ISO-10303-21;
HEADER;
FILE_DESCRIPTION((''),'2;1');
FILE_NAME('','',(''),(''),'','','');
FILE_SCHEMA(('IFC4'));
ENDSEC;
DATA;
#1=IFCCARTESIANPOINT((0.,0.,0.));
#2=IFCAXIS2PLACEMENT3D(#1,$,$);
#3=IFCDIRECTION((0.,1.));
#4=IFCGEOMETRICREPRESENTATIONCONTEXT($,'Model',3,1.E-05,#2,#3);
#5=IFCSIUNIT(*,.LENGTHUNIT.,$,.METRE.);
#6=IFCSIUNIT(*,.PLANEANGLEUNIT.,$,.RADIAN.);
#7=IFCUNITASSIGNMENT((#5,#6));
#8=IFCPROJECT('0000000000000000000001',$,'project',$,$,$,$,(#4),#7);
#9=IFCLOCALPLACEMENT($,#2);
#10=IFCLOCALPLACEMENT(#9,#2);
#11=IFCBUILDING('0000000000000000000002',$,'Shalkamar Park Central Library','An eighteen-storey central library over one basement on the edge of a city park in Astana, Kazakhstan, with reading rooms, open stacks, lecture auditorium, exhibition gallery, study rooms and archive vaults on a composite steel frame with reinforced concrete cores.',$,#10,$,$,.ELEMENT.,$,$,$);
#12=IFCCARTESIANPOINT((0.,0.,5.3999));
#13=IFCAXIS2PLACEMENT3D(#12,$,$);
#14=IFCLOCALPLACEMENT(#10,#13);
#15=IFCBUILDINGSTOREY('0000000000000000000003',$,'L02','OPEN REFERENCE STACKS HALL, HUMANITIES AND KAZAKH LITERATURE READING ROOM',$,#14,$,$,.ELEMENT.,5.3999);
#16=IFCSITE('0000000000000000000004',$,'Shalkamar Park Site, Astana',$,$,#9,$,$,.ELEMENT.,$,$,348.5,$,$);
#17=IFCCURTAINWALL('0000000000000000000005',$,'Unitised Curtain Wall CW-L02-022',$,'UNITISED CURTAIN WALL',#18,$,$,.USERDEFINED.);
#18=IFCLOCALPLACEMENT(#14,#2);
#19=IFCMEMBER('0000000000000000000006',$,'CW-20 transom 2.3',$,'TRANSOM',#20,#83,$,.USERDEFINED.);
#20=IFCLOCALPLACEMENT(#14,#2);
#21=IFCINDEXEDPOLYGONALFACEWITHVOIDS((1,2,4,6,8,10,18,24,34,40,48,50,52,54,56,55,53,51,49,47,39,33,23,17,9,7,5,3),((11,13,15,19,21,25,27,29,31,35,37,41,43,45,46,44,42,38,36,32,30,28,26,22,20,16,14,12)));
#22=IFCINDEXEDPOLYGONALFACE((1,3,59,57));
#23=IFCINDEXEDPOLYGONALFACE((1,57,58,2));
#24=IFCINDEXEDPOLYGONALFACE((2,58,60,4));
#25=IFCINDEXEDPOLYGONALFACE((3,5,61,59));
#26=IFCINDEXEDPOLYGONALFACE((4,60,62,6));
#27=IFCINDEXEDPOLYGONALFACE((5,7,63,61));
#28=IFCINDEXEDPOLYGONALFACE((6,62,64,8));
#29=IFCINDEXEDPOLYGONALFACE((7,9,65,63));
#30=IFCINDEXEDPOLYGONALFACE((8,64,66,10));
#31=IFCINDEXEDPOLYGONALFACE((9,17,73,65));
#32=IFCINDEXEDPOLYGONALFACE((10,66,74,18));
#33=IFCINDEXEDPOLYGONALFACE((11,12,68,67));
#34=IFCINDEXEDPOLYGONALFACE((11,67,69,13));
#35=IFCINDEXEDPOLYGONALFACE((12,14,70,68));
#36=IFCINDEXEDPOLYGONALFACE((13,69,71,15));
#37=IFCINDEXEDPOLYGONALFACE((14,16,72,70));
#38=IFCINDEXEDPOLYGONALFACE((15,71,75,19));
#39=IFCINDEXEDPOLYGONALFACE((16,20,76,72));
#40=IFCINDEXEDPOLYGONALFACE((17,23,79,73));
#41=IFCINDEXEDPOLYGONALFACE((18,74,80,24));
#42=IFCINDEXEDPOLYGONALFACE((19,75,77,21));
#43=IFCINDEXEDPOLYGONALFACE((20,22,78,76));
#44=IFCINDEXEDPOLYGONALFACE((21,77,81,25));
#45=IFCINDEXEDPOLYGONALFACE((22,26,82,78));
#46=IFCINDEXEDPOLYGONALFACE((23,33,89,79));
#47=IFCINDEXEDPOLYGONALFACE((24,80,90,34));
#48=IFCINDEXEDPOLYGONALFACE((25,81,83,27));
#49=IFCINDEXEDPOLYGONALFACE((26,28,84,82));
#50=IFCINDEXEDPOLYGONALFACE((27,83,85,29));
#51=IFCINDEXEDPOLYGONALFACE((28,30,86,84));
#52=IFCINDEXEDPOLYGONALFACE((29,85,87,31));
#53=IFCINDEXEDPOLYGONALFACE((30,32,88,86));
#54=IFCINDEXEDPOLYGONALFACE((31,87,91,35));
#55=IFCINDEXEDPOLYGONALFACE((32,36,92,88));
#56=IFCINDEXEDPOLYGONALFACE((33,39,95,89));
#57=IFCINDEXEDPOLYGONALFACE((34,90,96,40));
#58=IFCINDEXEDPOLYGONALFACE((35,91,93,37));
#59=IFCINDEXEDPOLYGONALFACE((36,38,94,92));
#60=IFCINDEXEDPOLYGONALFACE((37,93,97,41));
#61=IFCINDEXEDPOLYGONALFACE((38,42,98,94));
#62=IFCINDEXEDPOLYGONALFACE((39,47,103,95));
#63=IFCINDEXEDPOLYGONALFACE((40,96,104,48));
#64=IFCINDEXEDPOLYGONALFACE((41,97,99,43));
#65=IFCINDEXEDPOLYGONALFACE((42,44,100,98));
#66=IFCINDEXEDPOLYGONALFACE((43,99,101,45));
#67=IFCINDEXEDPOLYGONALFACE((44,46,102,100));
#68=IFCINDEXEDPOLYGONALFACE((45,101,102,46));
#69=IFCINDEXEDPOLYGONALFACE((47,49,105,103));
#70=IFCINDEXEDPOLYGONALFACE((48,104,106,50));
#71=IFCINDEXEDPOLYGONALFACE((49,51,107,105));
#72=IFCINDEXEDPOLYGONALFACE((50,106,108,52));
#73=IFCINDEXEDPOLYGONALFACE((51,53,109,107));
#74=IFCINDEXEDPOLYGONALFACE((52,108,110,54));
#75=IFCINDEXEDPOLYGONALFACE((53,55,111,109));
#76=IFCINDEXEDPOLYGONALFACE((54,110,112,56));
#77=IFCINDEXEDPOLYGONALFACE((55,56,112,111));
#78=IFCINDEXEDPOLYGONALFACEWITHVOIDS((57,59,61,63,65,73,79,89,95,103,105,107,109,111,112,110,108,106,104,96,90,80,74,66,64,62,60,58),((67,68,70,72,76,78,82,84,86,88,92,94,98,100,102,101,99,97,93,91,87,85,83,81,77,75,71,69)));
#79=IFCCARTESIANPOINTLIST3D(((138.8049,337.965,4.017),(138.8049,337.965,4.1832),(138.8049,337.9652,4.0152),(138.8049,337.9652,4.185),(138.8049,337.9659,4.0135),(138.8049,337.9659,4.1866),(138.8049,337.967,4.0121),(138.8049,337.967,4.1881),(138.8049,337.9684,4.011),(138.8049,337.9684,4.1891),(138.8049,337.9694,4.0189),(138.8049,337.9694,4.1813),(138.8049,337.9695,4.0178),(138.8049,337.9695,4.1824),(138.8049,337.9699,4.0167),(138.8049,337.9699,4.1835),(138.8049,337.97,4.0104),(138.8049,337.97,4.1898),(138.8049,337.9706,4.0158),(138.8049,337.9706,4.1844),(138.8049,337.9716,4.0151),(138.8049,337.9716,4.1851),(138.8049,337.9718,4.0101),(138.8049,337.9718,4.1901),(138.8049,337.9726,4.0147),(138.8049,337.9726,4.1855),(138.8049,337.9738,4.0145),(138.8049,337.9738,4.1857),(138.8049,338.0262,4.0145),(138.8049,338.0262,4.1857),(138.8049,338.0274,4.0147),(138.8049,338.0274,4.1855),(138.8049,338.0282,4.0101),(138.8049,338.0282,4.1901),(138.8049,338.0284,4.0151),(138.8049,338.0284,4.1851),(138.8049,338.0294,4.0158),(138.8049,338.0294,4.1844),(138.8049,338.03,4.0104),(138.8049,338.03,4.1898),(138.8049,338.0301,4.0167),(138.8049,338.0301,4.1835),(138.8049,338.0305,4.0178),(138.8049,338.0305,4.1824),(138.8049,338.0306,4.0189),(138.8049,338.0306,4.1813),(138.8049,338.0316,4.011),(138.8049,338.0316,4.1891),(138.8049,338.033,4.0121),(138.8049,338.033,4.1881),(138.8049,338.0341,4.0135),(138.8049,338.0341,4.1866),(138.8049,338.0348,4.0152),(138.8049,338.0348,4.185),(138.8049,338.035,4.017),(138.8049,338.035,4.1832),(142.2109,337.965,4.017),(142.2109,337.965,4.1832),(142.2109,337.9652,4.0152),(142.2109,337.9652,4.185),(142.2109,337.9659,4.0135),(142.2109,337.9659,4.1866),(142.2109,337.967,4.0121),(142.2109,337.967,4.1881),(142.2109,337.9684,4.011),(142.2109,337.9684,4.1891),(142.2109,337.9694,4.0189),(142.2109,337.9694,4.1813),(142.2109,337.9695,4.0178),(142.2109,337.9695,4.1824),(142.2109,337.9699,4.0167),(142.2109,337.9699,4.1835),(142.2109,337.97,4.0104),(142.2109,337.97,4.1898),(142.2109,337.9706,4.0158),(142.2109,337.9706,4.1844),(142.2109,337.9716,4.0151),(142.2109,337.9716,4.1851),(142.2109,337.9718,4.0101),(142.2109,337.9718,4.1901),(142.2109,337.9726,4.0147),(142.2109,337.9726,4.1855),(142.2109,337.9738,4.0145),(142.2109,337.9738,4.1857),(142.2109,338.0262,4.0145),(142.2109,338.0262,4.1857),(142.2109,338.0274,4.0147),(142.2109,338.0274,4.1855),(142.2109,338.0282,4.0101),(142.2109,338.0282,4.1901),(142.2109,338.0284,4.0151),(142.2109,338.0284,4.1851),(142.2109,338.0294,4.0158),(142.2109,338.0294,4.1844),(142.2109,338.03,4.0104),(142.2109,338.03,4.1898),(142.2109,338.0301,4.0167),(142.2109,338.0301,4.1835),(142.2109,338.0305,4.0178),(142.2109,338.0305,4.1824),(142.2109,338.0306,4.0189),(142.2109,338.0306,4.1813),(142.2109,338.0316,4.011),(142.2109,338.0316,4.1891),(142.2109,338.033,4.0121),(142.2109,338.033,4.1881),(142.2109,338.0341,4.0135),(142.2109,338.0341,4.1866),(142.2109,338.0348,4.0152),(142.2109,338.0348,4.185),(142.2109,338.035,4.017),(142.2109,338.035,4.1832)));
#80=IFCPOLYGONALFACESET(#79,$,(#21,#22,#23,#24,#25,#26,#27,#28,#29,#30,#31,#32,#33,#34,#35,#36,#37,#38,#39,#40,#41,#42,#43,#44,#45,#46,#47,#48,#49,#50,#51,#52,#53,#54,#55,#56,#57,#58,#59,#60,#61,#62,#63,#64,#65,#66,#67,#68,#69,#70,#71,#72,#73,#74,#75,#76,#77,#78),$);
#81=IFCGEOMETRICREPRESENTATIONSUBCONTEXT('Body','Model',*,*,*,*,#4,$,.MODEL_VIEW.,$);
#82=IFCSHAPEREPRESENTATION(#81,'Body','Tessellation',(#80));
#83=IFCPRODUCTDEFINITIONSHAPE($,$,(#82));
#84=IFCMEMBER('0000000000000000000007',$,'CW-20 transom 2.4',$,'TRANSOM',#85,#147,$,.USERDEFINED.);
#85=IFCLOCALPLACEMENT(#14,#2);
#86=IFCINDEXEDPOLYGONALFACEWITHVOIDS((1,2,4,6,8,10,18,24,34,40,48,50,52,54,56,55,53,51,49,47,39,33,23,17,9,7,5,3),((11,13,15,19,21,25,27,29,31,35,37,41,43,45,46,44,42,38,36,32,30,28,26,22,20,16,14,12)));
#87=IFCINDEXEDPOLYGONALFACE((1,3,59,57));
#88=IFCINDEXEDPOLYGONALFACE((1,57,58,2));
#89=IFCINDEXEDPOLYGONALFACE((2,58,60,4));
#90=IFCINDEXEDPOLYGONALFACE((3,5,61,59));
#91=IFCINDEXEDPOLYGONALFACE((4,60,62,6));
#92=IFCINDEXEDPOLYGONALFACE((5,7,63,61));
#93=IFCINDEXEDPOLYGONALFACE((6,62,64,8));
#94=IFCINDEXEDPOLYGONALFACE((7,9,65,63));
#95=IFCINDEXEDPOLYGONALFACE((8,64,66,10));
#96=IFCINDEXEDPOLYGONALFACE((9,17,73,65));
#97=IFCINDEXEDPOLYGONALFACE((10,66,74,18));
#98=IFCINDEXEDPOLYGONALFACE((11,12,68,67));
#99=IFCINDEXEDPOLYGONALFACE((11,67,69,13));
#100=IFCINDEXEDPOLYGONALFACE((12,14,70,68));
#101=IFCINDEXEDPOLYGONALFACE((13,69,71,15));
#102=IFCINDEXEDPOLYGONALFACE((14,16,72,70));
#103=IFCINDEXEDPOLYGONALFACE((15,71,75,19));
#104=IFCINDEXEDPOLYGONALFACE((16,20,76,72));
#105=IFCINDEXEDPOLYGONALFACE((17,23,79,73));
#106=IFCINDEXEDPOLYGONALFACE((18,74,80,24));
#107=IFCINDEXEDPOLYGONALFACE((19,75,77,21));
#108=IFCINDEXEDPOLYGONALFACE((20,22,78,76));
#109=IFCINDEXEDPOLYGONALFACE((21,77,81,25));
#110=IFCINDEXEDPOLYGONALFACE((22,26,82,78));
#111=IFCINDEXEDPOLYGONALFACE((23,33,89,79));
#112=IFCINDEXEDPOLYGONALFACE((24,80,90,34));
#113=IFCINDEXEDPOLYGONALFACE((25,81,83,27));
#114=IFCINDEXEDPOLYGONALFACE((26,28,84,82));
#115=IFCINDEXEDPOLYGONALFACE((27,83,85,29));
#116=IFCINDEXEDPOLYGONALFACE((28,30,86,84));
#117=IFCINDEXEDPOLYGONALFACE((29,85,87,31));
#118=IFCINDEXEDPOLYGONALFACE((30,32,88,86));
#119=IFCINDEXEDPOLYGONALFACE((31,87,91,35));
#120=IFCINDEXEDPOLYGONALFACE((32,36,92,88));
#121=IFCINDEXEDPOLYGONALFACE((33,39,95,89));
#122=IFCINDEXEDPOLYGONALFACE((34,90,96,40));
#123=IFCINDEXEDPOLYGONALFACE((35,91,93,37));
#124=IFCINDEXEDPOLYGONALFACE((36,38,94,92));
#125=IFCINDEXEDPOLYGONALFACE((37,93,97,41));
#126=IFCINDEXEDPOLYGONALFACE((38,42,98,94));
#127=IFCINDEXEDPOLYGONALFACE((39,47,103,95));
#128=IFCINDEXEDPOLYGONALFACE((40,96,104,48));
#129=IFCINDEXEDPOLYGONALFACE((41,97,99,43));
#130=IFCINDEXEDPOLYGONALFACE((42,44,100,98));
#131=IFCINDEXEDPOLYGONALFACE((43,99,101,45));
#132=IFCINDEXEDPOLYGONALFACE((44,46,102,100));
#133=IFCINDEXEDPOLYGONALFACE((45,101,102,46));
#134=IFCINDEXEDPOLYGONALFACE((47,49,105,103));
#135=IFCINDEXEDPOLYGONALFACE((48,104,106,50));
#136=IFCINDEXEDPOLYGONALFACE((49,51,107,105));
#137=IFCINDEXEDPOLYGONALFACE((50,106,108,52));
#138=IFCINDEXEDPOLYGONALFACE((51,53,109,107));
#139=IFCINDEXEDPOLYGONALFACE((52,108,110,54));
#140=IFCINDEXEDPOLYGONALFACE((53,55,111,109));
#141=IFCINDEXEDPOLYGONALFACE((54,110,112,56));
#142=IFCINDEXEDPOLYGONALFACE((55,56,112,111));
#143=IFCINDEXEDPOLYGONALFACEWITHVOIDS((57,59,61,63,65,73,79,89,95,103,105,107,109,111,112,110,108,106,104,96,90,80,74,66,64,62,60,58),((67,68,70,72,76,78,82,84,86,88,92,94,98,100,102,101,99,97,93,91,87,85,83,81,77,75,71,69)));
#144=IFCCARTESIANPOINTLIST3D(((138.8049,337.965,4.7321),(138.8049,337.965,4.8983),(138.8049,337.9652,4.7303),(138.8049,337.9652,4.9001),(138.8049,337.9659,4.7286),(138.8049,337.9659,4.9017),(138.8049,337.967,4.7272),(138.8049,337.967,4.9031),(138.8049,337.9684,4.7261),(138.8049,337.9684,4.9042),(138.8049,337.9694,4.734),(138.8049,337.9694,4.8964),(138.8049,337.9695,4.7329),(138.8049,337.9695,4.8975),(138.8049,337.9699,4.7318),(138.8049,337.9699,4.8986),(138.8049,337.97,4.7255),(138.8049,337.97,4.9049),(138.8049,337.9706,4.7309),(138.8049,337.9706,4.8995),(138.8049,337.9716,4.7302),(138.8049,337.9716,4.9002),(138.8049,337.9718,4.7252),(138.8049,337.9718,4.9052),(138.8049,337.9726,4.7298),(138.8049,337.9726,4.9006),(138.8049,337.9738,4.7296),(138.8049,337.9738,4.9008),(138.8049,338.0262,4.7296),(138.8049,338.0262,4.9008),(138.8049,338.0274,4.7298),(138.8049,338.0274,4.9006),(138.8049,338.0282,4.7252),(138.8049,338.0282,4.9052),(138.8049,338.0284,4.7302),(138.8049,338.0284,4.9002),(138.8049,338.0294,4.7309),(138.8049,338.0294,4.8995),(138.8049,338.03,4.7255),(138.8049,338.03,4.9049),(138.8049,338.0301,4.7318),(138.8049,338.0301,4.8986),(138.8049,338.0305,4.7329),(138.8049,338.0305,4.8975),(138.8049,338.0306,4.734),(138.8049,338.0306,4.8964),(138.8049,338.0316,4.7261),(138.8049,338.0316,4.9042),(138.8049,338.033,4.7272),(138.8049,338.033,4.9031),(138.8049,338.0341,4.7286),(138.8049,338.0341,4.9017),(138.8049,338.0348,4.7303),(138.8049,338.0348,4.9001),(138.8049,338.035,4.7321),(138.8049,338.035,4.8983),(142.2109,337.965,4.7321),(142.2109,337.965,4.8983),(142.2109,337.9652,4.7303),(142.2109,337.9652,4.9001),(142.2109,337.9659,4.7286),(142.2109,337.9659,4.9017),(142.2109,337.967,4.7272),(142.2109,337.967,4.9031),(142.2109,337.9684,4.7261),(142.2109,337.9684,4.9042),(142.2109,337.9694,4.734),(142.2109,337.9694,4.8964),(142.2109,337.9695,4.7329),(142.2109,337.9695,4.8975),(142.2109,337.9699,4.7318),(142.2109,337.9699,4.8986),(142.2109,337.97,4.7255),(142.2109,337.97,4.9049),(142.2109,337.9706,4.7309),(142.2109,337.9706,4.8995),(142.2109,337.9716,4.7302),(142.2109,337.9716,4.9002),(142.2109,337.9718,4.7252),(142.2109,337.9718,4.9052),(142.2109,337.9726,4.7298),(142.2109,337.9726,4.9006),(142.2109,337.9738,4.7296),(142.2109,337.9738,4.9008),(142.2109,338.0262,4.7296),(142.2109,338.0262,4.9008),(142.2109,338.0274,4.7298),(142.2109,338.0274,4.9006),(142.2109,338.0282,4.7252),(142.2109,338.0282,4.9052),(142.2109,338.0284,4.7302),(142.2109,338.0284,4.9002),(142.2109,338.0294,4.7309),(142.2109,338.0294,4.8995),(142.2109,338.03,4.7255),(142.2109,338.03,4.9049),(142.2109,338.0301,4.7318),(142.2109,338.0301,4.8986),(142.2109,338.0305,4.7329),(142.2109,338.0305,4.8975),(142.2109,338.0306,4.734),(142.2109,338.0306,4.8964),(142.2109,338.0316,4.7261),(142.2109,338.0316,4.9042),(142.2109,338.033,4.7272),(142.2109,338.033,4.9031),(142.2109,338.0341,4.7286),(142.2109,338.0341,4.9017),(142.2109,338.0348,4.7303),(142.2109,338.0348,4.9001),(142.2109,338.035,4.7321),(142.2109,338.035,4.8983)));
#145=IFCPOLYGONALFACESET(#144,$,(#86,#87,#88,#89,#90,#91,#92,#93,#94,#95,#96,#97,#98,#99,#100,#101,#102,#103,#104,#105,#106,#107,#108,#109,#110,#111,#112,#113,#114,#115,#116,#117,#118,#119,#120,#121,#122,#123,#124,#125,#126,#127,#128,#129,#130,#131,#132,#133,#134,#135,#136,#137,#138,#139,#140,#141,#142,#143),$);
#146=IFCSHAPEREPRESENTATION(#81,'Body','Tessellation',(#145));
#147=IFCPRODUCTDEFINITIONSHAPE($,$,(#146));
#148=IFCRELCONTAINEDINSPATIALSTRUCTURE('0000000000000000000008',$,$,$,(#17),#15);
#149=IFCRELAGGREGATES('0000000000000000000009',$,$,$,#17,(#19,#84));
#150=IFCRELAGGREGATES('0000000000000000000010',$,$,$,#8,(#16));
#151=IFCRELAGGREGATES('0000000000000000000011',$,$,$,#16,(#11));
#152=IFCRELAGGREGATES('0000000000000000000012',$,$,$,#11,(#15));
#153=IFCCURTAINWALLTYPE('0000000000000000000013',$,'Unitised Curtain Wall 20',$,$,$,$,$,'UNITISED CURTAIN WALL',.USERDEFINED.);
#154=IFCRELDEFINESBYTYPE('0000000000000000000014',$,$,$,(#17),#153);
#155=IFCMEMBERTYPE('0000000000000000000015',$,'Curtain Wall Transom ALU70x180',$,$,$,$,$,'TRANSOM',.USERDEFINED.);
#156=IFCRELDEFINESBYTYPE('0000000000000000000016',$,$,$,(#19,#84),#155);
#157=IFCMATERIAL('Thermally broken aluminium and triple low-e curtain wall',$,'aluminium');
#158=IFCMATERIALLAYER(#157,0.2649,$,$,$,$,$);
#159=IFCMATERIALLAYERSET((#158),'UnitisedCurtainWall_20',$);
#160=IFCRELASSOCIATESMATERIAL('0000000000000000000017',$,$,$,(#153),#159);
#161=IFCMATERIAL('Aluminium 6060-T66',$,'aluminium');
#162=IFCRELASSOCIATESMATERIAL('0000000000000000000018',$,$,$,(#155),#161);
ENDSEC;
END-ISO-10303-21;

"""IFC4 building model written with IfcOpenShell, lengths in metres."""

from ifc_helpers import new_model, si_unit, direction, frame, origin, origin_2d, place, context, subcontext, project, spatial, hollow_rectangle, extrude, material, layer, layer_set, material_profile, profile_set, type_object, element, aggregate, save


model = new_model("IFC4")

# Units and contexts
model_context = context("Model", 3, precision=1e-05, world=origin(), true_north=direction((0.0, 1.0)))
body_context = subcontext(model_context, "Body", "Model", "MODEL_VIEW")
ifc_project = project(units=[si_unit("LENGTHUNIT", "METRE"), si_unit("PLANEANGLEUNIT", "RADIAN")], contexts=[model_context])

# Site, building, storey
site_placement = place(None, origin())
site = spatial("IfcSite", under=ifc_project, at=site_placement, Name="Shalkamar Park Site, Astana", CompositionType="ELEMENT", RefElevation=348.5)
building_placement = place(site_placement, origin())
building = spatial("IfcBuilding", under=site, at=building_placement, Name="Shalkamar Park Central Library", Description="An eighteen-storey central library over one basement on the edge of a city park in Astana, Kazakhstan, with reading rooms, open stacks, lecture auditorium, exhibition gallery, study rooms and archive vaults on a composite steel frame with reinforced concrete cores.", CompositionType="ELEMENT")
storey_placement = place(building_placement, frame((0.0, 0.0, 5.3999)))
storey = spatial("IfcBuildingStorey", under=building, at=storey_placement, Name="L02", Description="OPEN REFERENCE STACKS HALL, HUMANITIES AND KAZAKH LITERATURE READING ROOM", CompositionType="ELEMENT", Elevation=5.3999)

# Curtain wall
ifc_material_1 = material(Name="Thermally broken aluminium and triple low-e curtain wall", Category="aluminium")
ifc_layer_1 = layer(ifc_material_1, 0.2649)
ifc_layer_set_1 = layer_set([ifc_layer_1], Name="UnitisedCurtainWall_20")
curtain_wall_type_1 = type_object("IfcCurtainWallType", Name="Unitised Curtain Wall 20", ElementType="UNITISED CURTAIN WALL", PredefinedType="USERDEFINED", material=ifc_layer_set_1)
curtain_wall_1_placement = place(storey_placement, origin())
curtain_wall_1 = element("IfcCurtainWall", 1, at=curtain_wall_1_placement, inside=storey, type_object=curtain_wall_type_1, Name="Unitised Curtain Wall CW-L02-022", ObjectType="UNITISED CURTAIN WALL", PredefinedType="USERDEFINED")
ifc_material_2 = material(Name="Aluminium 6060-T66", Category="aluminium")

# Members
ifc_material_profile_1 = material_profile(ifc_material_2, hollow_rectangle(XDim=0.0701, YDim=0.1799, WallThickness=0.0044, InnerFilletRadius=0.0044, OuterFilletRadius=0.0068, at=origin_2d()), Name="ALU 70x180x4.5")
ifc_profile_set_1 = profile_set([ifc_material_profile_1], Name="Aluminium 6060-T66")
member_type_1 = type_object("IfcMemberType", Name="Curtain Wall Transom ALU70x180", ElementType="TRANSOM", PredefinedType="USERDEFINED", material=ifc_profile_set_1)
member_1_placement = place(storey_placement, frame((138.8049, 338.0, 4.1001), z_axis=(1.0, 0.0, 0.0), x_axis=(0.0, 1.0, 0.0)))
member_1 = element("IfcMember", 2, at=member_1_placement, type_object=member_type_1, Name="CW-20 transom 2.3", ObjectType="TRANSOM", PredefinedType="USERDEFINED", context=body_context, shape_type="SweptSolid", body=[
    extrude(hollow_rectangle(XDim=0.0701, YDim=0.1799, WallThickness=0.0044, InnerFilletRadius=0.0044, OuterFilletRadius=0.0068, at=origin_2d()), origin(), (0.0, 0.0, 1.0), 3.406),
])
member_2_placement = place(storey_placement, frame((138.8049, 338.0, 4.8152), z_axis=(1.0, 0.0, 0.0), x_axis=(0.0, 1.0, 0.0)))
member_2 = element("IfcMember", 3, at=member_2_placement, type_object=member_type_1, Name="CW-20 transom 2.4", ObjectType="TRANSOM", PredefinedType="USERDEFINED", context=body_context, shape_type="SweptSolid", body=[
    extrude(hollow_rectangle(XDim=0.0701, YDim=0.1799, WallThickness=0.0044, InnerFilletRadius=0.0044, OuterFilletRadius=0.0068, at=origin_2d()), origin(), (0.0, 0.0, 1.0), 3.406),
])

aggregate(curtain_wall_1, [member_1, member_2])

save(model, "model.ifc")
